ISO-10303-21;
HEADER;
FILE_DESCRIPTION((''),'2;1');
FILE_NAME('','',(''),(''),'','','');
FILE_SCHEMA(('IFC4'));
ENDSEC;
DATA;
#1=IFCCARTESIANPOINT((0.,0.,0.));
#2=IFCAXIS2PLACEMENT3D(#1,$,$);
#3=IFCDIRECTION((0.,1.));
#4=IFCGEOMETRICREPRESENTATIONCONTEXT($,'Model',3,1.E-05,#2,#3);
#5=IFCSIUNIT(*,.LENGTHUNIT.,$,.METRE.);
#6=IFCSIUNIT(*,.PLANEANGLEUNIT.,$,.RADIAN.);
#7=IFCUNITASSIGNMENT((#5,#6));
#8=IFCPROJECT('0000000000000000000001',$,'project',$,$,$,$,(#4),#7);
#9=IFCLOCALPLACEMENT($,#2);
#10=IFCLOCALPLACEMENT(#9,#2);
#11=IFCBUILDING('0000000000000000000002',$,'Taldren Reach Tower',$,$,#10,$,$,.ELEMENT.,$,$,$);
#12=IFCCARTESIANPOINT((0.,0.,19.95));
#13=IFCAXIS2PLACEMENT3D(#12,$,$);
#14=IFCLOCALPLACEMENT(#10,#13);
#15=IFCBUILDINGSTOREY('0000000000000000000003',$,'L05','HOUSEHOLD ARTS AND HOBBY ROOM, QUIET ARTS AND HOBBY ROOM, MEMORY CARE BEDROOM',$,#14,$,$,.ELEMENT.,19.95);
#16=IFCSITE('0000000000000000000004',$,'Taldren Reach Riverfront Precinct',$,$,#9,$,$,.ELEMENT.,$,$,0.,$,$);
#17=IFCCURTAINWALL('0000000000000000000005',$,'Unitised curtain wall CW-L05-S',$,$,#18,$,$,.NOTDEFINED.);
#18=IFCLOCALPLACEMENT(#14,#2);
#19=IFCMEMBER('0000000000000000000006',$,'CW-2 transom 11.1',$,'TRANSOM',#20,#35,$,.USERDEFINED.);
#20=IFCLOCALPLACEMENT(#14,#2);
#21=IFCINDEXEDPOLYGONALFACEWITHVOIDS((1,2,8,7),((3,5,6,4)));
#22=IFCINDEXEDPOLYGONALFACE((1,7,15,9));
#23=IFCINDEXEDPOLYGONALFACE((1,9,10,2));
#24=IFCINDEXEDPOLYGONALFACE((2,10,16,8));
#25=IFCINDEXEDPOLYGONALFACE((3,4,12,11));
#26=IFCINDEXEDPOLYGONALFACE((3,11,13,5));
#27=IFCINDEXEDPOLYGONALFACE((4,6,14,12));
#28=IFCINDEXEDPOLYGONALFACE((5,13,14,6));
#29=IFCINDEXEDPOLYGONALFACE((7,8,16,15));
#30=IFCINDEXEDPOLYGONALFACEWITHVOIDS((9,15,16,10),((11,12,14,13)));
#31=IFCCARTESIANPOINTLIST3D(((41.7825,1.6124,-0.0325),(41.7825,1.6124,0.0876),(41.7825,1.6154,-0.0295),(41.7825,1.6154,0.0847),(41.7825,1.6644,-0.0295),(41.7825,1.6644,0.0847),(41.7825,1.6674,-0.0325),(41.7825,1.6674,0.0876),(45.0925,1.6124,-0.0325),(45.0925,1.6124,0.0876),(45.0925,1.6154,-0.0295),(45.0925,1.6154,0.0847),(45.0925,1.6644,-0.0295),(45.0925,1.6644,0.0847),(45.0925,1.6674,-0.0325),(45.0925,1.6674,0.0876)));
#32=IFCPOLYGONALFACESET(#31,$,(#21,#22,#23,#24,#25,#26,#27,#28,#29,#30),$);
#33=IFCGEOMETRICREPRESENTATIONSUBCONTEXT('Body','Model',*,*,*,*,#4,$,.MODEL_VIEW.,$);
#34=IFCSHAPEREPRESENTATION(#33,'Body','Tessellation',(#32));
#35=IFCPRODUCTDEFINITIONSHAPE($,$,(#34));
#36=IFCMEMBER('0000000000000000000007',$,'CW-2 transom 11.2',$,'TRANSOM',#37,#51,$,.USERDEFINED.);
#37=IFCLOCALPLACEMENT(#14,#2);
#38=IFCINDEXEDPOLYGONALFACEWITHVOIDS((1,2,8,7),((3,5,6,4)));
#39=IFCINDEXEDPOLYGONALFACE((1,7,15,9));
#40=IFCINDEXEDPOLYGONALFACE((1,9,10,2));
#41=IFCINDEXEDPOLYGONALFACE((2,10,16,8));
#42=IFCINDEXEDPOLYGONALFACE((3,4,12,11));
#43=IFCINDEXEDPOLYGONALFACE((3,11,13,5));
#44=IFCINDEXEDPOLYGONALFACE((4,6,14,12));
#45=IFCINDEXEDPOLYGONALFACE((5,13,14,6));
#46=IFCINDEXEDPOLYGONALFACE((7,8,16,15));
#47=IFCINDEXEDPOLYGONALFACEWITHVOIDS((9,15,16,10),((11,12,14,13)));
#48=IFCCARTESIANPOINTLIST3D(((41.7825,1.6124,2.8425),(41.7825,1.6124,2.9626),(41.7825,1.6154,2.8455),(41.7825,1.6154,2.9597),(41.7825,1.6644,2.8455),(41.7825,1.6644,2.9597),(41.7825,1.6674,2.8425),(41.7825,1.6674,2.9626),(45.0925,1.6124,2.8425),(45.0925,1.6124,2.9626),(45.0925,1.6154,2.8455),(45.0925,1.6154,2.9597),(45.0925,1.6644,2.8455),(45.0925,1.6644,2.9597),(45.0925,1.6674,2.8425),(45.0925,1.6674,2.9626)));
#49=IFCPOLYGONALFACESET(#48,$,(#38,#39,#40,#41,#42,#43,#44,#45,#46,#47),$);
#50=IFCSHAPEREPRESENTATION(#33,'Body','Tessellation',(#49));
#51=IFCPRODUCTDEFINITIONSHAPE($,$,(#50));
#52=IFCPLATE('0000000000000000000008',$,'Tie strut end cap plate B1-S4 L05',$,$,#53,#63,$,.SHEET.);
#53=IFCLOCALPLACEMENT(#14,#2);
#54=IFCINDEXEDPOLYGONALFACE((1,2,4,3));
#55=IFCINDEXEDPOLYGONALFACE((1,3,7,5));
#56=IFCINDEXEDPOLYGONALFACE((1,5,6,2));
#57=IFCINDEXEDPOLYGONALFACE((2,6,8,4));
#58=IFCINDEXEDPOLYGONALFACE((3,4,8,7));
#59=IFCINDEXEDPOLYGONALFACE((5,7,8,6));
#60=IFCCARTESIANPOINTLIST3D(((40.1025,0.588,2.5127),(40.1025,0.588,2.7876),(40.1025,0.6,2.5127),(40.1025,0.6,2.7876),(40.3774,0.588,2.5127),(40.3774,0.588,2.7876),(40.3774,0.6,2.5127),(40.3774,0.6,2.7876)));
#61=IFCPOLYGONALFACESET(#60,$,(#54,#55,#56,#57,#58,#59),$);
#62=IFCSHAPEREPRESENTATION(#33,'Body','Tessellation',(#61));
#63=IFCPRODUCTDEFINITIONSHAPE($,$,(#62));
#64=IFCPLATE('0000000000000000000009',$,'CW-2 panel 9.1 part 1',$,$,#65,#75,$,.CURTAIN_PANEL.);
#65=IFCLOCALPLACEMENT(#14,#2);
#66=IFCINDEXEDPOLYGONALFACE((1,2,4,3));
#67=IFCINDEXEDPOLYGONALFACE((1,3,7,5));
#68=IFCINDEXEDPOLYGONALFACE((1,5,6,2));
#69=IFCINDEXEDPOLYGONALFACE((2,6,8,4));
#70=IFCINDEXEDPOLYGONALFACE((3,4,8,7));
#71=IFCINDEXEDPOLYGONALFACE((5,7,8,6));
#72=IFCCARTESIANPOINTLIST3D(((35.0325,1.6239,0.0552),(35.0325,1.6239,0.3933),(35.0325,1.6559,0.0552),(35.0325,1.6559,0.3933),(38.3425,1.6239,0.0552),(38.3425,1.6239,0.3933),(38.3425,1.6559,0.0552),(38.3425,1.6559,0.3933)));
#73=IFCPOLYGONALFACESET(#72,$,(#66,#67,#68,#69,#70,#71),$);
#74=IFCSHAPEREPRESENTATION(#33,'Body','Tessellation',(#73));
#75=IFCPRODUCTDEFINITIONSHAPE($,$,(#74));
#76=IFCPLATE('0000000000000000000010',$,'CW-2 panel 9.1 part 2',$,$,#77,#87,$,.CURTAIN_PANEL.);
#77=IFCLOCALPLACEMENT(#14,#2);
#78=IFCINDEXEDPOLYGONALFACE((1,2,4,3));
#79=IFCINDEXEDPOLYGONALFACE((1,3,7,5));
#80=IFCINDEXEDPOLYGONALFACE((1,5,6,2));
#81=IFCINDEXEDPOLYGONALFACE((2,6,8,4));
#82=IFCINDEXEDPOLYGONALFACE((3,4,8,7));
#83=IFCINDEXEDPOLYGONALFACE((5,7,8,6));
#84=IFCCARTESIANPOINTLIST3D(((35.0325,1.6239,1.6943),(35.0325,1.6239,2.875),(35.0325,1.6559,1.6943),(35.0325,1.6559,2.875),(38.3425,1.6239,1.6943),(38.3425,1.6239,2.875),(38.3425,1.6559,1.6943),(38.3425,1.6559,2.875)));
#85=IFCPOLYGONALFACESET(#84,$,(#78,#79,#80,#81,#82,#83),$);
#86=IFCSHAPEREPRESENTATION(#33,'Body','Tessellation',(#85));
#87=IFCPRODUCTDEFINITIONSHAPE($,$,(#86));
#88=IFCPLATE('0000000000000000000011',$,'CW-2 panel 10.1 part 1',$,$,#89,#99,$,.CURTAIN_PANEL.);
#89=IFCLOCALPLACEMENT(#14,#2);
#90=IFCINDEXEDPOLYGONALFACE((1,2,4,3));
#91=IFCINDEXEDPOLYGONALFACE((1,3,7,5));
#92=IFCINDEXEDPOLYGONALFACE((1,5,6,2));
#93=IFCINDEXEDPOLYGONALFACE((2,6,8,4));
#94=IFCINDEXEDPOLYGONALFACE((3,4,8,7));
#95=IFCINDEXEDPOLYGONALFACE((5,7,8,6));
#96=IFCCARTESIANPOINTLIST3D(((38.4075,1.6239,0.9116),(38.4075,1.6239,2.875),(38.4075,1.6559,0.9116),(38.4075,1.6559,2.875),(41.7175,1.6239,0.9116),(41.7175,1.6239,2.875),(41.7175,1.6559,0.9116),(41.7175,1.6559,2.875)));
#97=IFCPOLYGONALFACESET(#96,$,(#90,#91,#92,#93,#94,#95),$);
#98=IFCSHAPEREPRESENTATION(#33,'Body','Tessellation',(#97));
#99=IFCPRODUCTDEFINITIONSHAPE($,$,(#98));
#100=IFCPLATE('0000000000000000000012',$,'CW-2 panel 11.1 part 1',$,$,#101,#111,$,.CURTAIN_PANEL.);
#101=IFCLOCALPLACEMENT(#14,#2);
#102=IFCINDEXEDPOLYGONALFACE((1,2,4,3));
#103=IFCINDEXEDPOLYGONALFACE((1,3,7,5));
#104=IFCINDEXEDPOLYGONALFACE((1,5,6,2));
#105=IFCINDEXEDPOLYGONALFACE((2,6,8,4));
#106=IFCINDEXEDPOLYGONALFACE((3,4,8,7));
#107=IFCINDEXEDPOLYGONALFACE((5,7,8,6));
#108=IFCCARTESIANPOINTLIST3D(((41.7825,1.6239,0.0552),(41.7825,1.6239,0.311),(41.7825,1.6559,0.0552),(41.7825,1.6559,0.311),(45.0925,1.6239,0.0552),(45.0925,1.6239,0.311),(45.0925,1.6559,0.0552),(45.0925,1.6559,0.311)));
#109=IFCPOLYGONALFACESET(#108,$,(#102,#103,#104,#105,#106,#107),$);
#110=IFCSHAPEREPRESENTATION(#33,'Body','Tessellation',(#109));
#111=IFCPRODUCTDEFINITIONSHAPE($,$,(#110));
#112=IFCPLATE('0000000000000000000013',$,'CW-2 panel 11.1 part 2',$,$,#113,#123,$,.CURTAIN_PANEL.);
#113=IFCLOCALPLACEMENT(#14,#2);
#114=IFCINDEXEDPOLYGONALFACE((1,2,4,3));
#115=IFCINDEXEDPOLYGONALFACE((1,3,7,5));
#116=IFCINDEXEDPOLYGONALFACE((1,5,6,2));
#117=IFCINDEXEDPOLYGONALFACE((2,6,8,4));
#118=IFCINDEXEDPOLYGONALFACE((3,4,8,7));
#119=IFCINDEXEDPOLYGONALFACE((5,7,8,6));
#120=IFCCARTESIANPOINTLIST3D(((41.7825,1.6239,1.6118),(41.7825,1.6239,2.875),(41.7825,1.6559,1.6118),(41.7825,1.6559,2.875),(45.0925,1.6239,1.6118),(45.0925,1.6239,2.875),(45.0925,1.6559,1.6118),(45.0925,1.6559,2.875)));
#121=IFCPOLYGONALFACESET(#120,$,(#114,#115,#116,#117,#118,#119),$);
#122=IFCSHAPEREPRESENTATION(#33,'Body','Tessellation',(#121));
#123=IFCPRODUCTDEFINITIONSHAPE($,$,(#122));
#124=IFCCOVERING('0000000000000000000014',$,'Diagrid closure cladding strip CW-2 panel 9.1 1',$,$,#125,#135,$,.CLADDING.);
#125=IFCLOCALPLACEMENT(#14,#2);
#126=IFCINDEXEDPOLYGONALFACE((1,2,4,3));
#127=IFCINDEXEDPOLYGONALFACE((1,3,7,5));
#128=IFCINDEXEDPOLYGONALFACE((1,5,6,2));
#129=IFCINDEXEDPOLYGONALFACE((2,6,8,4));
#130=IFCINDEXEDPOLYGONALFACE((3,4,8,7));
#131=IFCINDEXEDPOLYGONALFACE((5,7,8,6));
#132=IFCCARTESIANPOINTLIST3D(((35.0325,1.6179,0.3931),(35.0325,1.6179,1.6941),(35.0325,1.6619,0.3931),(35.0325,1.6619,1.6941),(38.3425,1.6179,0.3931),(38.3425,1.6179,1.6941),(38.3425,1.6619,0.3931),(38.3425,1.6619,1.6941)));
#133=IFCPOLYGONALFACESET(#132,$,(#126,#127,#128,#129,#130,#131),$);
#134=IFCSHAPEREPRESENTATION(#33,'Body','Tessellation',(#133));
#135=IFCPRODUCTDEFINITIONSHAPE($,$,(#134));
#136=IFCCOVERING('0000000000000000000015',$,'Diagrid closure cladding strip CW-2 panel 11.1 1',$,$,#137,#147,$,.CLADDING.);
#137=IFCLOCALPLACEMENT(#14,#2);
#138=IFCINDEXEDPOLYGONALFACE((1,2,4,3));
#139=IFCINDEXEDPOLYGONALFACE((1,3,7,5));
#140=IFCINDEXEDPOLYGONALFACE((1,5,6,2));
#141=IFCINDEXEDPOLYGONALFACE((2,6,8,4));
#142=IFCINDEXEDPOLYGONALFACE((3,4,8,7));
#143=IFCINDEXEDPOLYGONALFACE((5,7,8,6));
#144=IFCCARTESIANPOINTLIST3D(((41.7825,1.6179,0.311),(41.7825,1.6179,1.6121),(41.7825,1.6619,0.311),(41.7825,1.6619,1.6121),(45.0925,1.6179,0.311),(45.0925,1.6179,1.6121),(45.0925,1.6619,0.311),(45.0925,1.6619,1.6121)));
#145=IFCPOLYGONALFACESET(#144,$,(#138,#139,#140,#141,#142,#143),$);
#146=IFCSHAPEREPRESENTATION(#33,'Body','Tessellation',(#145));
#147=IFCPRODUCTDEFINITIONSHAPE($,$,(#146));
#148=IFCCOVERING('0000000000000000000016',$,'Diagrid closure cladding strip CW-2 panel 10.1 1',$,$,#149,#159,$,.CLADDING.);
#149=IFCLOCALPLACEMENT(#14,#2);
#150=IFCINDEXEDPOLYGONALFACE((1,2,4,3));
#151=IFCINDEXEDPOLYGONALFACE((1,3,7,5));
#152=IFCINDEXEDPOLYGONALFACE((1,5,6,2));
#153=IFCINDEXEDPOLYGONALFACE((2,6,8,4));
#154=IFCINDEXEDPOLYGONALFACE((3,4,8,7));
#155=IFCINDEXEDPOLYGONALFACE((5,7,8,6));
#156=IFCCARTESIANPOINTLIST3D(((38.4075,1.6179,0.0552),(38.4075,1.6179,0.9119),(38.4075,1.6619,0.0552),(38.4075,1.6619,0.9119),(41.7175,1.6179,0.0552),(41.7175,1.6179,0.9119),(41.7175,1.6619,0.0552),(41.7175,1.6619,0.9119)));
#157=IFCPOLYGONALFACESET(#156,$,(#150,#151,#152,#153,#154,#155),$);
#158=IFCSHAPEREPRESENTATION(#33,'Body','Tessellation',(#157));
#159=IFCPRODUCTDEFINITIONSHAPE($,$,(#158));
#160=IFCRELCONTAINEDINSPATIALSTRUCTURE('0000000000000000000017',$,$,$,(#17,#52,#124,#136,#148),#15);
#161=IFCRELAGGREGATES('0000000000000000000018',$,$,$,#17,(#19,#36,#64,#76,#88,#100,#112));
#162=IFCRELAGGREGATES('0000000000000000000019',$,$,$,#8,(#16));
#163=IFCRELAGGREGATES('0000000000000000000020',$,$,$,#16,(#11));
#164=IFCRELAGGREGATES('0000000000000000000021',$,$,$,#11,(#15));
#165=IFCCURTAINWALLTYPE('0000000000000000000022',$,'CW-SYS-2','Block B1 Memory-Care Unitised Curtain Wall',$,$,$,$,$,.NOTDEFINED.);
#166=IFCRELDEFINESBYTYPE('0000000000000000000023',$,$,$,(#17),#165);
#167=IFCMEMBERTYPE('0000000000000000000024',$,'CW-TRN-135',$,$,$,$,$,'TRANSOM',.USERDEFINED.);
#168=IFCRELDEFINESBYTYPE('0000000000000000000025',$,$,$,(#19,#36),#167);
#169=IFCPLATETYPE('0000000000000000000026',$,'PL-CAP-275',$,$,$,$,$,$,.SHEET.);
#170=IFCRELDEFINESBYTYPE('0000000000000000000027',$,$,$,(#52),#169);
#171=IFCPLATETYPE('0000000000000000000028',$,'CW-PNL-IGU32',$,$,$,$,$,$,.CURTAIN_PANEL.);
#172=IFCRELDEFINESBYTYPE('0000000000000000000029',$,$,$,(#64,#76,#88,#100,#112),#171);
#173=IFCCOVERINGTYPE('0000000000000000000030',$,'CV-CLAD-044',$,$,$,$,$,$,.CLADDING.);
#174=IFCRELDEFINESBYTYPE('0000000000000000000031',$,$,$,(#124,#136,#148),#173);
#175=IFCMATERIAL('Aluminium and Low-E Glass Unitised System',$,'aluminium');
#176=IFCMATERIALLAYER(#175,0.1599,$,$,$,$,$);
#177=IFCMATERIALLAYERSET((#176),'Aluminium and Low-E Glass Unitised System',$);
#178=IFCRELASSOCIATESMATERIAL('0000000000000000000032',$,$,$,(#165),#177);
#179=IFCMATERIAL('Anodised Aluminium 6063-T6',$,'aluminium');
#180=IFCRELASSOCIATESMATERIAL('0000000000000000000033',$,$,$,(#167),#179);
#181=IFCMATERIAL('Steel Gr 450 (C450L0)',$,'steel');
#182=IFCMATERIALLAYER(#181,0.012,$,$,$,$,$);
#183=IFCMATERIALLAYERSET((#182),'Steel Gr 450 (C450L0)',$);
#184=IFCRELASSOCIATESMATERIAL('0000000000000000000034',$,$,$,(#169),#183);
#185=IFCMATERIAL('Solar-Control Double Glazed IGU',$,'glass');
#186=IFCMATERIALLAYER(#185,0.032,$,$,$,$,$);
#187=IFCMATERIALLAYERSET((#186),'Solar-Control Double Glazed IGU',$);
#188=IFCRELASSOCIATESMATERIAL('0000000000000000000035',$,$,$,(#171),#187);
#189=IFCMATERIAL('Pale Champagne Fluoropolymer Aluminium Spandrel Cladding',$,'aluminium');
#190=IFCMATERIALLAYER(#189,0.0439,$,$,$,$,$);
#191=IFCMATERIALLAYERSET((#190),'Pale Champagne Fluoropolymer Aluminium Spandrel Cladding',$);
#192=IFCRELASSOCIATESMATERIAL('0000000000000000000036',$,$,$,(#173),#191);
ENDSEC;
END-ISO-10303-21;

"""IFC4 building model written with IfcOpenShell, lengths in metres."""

from ifc_helpers import new_model, si_unit, direction, frame, origin, origin_2d, place, context, subcontext, project, spatial, rectangle, hollow_rectangle, extrude, source, transform, mapped, material, layer, layer_set, material_profile, profile_set, type_object, element, aggregate, save


model = new_model("IFC4")

# Units and contexts
model_context = context("Model", 3, precision=1e-05, world=origin(), true_north=direction((0.0, 1.0)))
body_context = subcontext(model_context, "Body", "Model", "MODEL_VIEW")
ifc_project = project(units=[si_unit("LENGTHUNIT", "METRE"), si_unit("PLANEANGLEUNIT", "RADIAN")], contexts=[model_context])

# Site, building, storey
site_placement = place(None, origin())
site = spatial("IfcSite", under=ifc_project, at=site_placement, Name="Taldren Reach Riverfront Precinct", CompositionType="ELEMENT", RefElevation=0.0)
building_placement = place(site_placement, origin())
building = spatial("IfcBuilding", under=site, at=building_placement, Name="Taldren Reach Tower", CompositionType="ELEMENT")
storey_placement = place(building_placement, frame((0.0, 0.0, 19.95)))
storey = spatial("IfcBuildingStorey", under=building, at=storey_placement, Name="L05", Description="HOUSEHOLD ARTS AND HOBBY ROOM, QUIET ARTS AND HOBBY ROOM, MEMORY CARE BEDROOM", CompositionType="ELEMENT", Elevation=19.95)

# Shared definitions
ifc_material_1 = material(Name="Steel Gr 450 (C450L0)", Category="steel")

# Curtain wall, members
ifc_material_2 = material(Name="Aluminium and Low-E Glass Unitised System", Category="aluminium")
ifc_layer_1 = layer(ifc_material_2, 0.1599)
ifc_layer_set_1 = layer_set([ifc_layer_1], Name="Aluminium and Low-E Glass Unitised System")
curtain_wall_type = type_object("IfcCurtainWallType", Name="CW-SYS-2", Description="Block B1 Memory-Care Unitised Curtain Wall", PredefinedType="NOTDEFINED", material=ifc_layer_set_1)
curtain_wall_placement = place(storey_placement, origin())
curtain_wall = element("IfcCurtainWall", 1, at=curtain_wall_placement, inside=storey, type_object=curtain_wall_type, Name="Unitised curtain wall CW-L05-S", PredefinedType="NOTDEFINED")
ifc_material_3 = material(Name="Anodised Aluminium 6063-T6", Category="aluminium")
ifc_material_profile_1 = material_profile(ifc_material_3, hollow_rectangle(XDim=0.0549, YDim=0.1201, WallThickness=0.0029, at=origin_2d()), Name="ALU-120x55x3RHS")
ifc_profile_set_1 = profile_set([ifc_material_profile_1], Name="Anodised Aluminium 6063-T6")
member_type_1 = type_object("IfcMemberType", Name="CW-TRN-135", ElementType="TRANSOM", PredefinedType="USERDEFINED", material=ifc_profile_set_1)
shared_shape_1 = source(origin(), body_context, "Body", "SweptSolid", [
    extrude(hollow_rectangle(XDim=0.0549, YDim=0.1201, WallThickness=0.0029, at=origin_2d()), origin(), (0.0, 0.0, 1.0), 3.3101),
])
member_1_placement = place(storey_placement, frame((41.7825, 1.6399, 0.0276), z_axis=(1.0, 0.0, 0.0), x_axis=(0.0, 1.0, 0.0)))
member_1 = element("IfcMember", 2, at=member_1_placement, type_object=member_type_1, Name="CW-2 transom 11.1", ObjectType="TRANSOM", PredefinedType="USERDEFINED", context=body_context, shape_type="MappedRepresentation", body=[
    mapped(shared_shape_1, transform((0.0, 0.0, 0.0), scale=1.0)),
])
member_2_placement = place(storey_placement, frame((41.7825, 1.6399, 2.9026), z_axis=(1.0, 0.0, 0.0), x_axis=(0.0, 1.0, 0.0)))
member_2 = element("IfcMember", 3, at=member_2_placement, type_object=member_type_1, Name="CW-2 transom 11.2", ObjectType="TRANSOM", PredefinedType="USERDEFINED", context=body_context, shape_type="MappedRepresentation", body=[
    mapped(shared_shape_1, transform((0.0, 0.0, 0.0), scale=1.0)),
])

# Plates
ifc_layer_2 = layer(ifc_material_1, 0.012)
ifc_layer_set_2 = layer_set([ifc_layer_2], Name="Steel Gr 450 (C450L0)")
plate_type_1 = type_object("IfcPlateType", Name="PL-CAP-275", PredefinedType="SHEET", material=ifc_layer_set_2)
shared_shape_2 = source(origin(), body_context, "Body", "SweptSolid", [
    extrude(rectangle(XDim=0.2749, YDim=0.012, at=origin_2d()), origin(), (0.0, 0.0, 1.0), 0.2749),
])
plate_1_placement = place(storey_placement, frame((40.24, 0.594, 2.5127), z_axis=(0.0, 0.0, 1.0), x_axis=(1.0, 0.0, 0.0)))
element("IfcPlate", 4, at=plate_1_placement, inside=storey, type_object=plate_type_1, Name="Tie strut end cap plate B1-S4 L05", PredefinedType="SHEET", context=body_context, shape_type="MappedRepresentation", body=[
    mapped(shared_shape_2, transform((0.0, 0.0, 0.0), scale=1.0)),
])
ifc_material_4 = material(Name="Solar-Control Double Glazed IGU", Category="glass")
ifc_layer_3 = layer(ifc_material_4, 0.032)
ifc_layer_set_3 = layer_set([ifc_layer_3], Name="Solar-Control Double Glazed IGU")
plate_type_2 = type_object("IfcPlateType", Name="CW-PNL-IGU32", PredefinedType="CURTAIN_PANEL", material=ifc_layer_set_3)
shared_shape_3 = source(origin(), body_context, "Body", "SweptSolid", [
    extrude(rectangle(XDim=3.3101, YDim=0.032, at=origin_2d()), origin(), (0.0, 0.0, 1.0), 0.3381),
])
plate_2_placement = place(storey_placement, frame((36.6875, 1.6399, 0.0552), z_axis=(0.0, 0.0, 1.0), x_axis=(1.0, 0.0, 0.0)))
plate_2 = element("IfcPlate", 5, at=plate_2_placement, type_object=plate_type_2, Name="CW-2 panel 9.1 part 1", PredefinedType="CURTAIN_PANEL", context=body_context, shape_type="MappedRepresentation", body=[
    mapped(shared_shape_3, transform((0.0, 0.0, 0.0), scale=1.0)),
])
shared_shape_4 = source(origin(), body_context, "Body", "SweptSolid", [
    extrude(rectangle(XDim=3.3101, YDim=0.032, at=origin_2d()), origin(), (0.0, 0.0, 1.0), 1.1807),
])
plate_3_placement = place(storey_placement, frame((36.6875, 1.6399, 1.6943), z_axis=(0.0, 0.0, 1.0), x_axis=(1.0, 0.0, 0.0)))
plate_3 = element("IfcPlate", 6, at=plate_3_placement, type_object=plate_type_2, Name="CW-2 panel 9.1 part 2", PredefinedType="CURTAIN_PANEL", context=body_context, shape_type="MappedRepresentation", body=[
    mapped(shared_shape_4, transform((0.0, 0.0, 0.0), scale=1.0)),
])
shared_shape_5 = source(origin(), body_context, "Body", "SweptSolid", [
    extrude(rectangle(XDim=3.3101, YDim=0.032, at=origin_2d()), origin(), (0.0, 0.0, 1.0), 1.9634),
])
plate_4_placement = place(storey_placement, frame((40.0625, 1.6399, 0.9116), z_axis=(0.0, 0.0, 1.0), x_axis=(1.0, 0.0, 0.0)))
plate_4 = element("IfcPlate", 7, at=plate_4_placement, type_object=plate_type_2, Name="CW-2 panel 10.1 part 1", PredefinedType="CURTAIN_PANEL", context=body_context, shape_type="MappedRepresentation", body=[
    mapped(shared_shape_5, transform((0.0, 0.0, 0.0), scale=1.0)),
])
shared_shape_6 = source(origin(), body_context, "Body", "SweptSolid", [
    extrude(rectangle(XDim=3.3101, YDim=0.032, at=origin_2d()), origin(), (0.0, 0.0, 1.0), 0.2559),
])
plate_5_placement = place(storey_placement, frame((43.4375, 1.6399, 0.0552), z_axis=(0.0, 0.0, 1.0), x_axis=(1.0, 0.0, 0.0)))
plate_5 = element("IfcPlate", 8, at=plate_5_placement, type_object=plate_type_2, Name="CW-2 panel 11.1 part 1", PredefinedType="CURTAIN_PANEL", context=body_context, shape_type="MappedRepresentation", body=[
    mapped(shared_shape_6, transform((0.0, 0.0, 0.0), scale=1.0)),
])
shared_shape_7 = source(origin(), body_context, "Body", "SweptSolid", [
    extrude(rectangle(XDim=3.3101, YDim=0.032, at=origin_2d()), origin(), (0.0, 0.0, 1.0), 1.2632),
])
plate_6_placement = place(storey_placement, frame((43.4375, 1.6399, 1.6118), z_axis=(0.0, 0.0, 1.0), x_axis=(1.0, 0.0, 0.0)))
plate_6 = element("IfcPlate", 9, at=plate_6_placement, type_object=plate_type_2, Name="CW-2 panel 11.1 part 2", PredefinedType="CURTAIN_PANEL", context=body_context, shape_type="MappedRepresentation", body=[
    mapped(shared_shape_7, transform((0.0, 0.0, 0.0), scale=1.0)),
])
aggregate(curtain_wall, [member_1, member_2, plate_2, plate_3, plate_4, plate_5, plate_6])

# Coverings
ifc_material_5 = material(Name="Pale Champagne Fluoropolymer Aluminium Spandrel Cladding", Category="aluminium")
ifc_layer_4 = layer(ifc_material_5, 0.0439)
ifc_layer_set_4 = layer_set([ifc_layer_4], Name="Pale Champagne Fluoropolymer Aluminium Spandrel Cladding")
covering_type = type_object("IfcCoveringType", Name="CV-CLAD-044", PredefinedType="CLADDING", material=ifc_layer_set_4)
shared_shape_8 = source(origin(), body_context, "Body", "SweptSolid", [
    extrude(rectangle(XDim=3.3101, YDim=0.0439, at=origin_2d()), origin(), (0.0, 0.0, 1.0), 1.301),
])
for number, where, z_axis, x_axis, name in (
    (10, (36.6875, 1.6399, 0.3931), (0.0, 0.0, 1.0), (1.0, 0.0, 0.0), "Diagrid closure cladding strip CW-2 panel 9.1 1"),
    (11, (43.4375, 1.6399, 0.311), (0.0, 0.0, 1.0), (1.0, 0.0, 0.0), "Diagrid closure cladding strip CW-2 panel 11.1 1"),
):
    element("IfcCovering", number, at=place(storey_placement, frame(where, z_axis=z_axis, x_axis=x_axis)), inside=storey, type_object=covering_type, Name=name, PredefinedType="CLADDING", context=body_context, shape_type="MappedRepresentation", body=[
        mapped(shared_shape_8, transform((0.0, 0.0, 0.0), scale=1.0)),
    ])
shared_shape_9 = source(origin(), body_context, "Body", "SweptSolid", [
    extrude(rectangle(XDim=3.3101, YDim=0.0439, at=origin_2d()), origin(), (0.0, 0.0, 1.0), 0.8567),
])
covering_placement = place(storey_placement, frame((40.0625, 1.6399, 0.0552), z_axis=(0.0, 0.0, 1.0), x_axis=(1.0, 0.0, 0.0)))
element("IfcCovering", 12, at=covering_placement, inside=storey, type_object=covering_type, Name="Diagrid closure cladding strip CW-2 panel 10.1 1", PredefinedType="CLADDING", context=body_context, shape_type="MappedRepresentation", body=[
    mapped(shared_shape_9, transform((0.0, 0.0, 0.0), scale=1.0)),
])

save(model, "model.ifc")
